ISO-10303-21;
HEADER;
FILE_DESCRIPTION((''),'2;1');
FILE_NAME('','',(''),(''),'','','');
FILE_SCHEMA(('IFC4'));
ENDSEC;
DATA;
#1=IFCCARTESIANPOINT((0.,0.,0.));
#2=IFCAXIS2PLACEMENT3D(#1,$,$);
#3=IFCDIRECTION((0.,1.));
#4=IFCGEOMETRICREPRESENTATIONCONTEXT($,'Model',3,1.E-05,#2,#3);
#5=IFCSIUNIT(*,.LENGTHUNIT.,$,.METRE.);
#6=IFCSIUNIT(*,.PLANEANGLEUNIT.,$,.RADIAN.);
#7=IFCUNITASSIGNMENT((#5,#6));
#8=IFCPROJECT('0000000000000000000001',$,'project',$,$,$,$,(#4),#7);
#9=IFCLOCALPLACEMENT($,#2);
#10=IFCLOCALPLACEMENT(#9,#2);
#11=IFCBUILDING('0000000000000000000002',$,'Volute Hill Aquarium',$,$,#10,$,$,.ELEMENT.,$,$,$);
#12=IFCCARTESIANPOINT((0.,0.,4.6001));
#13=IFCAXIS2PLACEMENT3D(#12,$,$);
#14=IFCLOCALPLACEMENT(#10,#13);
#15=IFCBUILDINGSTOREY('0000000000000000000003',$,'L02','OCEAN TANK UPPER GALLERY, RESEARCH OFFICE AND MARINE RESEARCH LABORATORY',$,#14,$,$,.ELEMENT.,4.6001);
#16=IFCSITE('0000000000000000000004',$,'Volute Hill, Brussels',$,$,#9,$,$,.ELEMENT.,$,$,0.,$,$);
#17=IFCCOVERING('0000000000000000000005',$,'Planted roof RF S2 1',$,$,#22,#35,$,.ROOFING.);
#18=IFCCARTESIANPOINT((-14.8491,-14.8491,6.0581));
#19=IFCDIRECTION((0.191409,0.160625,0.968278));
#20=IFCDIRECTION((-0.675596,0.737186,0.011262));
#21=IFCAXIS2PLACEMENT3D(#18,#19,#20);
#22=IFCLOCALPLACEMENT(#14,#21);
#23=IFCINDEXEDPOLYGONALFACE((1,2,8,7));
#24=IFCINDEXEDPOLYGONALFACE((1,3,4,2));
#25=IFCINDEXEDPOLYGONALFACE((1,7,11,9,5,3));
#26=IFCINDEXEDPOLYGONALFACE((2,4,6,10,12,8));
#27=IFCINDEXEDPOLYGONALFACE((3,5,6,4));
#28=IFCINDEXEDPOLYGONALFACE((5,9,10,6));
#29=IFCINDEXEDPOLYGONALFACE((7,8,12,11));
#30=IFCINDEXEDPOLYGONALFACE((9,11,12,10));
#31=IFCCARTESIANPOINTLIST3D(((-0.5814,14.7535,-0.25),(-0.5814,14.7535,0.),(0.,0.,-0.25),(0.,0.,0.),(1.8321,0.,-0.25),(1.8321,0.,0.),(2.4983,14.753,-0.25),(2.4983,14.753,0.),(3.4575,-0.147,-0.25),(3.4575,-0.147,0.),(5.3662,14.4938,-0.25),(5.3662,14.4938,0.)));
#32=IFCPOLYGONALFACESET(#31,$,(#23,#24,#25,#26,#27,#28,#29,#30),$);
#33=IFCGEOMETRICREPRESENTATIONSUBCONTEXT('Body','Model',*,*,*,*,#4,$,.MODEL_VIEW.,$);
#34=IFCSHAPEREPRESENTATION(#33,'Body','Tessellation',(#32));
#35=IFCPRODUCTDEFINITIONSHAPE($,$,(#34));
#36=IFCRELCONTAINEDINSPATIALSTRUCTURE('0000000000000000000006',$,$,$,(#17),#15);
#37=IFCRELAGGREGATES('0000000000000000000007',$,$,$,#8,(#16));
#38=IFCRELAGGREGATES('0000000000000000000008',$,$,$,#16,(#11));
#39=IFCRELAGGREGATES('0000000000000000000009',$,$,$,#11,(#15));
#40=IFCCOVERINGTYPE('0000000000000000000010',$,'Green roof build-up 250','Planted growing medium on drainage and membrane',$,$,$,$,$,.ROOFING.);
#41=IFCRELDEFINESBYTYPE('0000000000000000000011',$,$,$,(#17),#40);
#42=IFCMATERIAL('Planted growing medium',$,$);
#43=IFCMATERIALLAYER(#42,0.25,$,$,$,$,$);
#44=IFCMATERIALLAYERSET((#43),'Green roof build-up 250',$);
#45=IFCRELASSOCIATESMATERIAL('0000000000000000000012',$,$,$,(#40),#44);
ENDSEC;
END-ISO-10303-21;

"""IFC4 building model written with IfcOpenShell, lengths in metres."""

from ifc_helpers import new_model, si_unit, direction, frame, origin, place, context, subcontext, project, spatial, polyline, outline, extrude, material, layer, layer_set, type_object, element, save


model = new_model("IFC4")

# Units and contexts
model_context = context("Model", 3, precision=1e-05, world=origin(), true_north=direction((0.0, 1.0)))
body_context = subcontext(model_context, "Body", "Model", "MODEL_VIEW")
ifc_project = project(units=[si_unit("LENGTHUNIT", "METRE"), si_unit("PLANEANGLEUNIT", "RADIAN")], contexts=[model_context])

# Site, building, storey
site_placement = place(None, origin())
site = spatial("IfcSite", under=ifc_project, at=site_placement, Name="Volute Hill, Brussels", CompositionType="ELEMENT", RefElevation=0.0)
building_placement = place(site_placement, origin())
building = spatial("IfcBuilding", under=site, at=building_placement, Name="Volute Hill Aquarium", CompositionType="ELEMENT")
storey_placement = place(building_placement, frame((0.0, 0.0, 4.6001)))
storey = spatial("IfcBuildingStorey", under=building, at=storey_placement, Name="L02", Description="OCEAN TANK UPPER GALLERY, RESEARCH OFFICE AND MARINE RESEARCH LABORATORY", CompositionType="ELEMENT", Elevation=4.6001)

# Covering
ifc_material_1 = material(Name="Planted growing medium")
ifc_layer_1 = layer(ifc_material_1, 0.25)
ifc_layer_set_1 = layer_set([ifc_layer_1], Name="Green roof build-up 250")
covering_type_1 = type_object("IfcCoveringType", Name="Green roof build-up 250", Description="Planted growing medium on drainage and membrane", PredefinedType="ROOFING", material=ifc_layer_set_1)
covering_1_placement = place(storey_placement, frame((-14.8491, -14.8491, 6.0581), z_axis=(0.191409, 0.160625, 0.968278), x_axis=(-0.675596, 0.737186, 0.011262)))
element("IfcCovering", 1, at=covering_1_placement, inside=storey, type_object=covering_type_1, Name="Planted roof RF S2 1", PredefinedType="ROOFING", context=body_context, shape_type="SweptSolid", body=[
    extrude(outline(polyline([(0.0, 0.0), (1.8321, 0.0), (3.4575, -0.147), (5.3662, 14.4938), (2.4983, 14.753), (-0.5814, 14.7535), (0.0, 0.0)])), origin(), (0.0, 0.0, -1.0), 0.25),
])

save(model, "model.ifc")
